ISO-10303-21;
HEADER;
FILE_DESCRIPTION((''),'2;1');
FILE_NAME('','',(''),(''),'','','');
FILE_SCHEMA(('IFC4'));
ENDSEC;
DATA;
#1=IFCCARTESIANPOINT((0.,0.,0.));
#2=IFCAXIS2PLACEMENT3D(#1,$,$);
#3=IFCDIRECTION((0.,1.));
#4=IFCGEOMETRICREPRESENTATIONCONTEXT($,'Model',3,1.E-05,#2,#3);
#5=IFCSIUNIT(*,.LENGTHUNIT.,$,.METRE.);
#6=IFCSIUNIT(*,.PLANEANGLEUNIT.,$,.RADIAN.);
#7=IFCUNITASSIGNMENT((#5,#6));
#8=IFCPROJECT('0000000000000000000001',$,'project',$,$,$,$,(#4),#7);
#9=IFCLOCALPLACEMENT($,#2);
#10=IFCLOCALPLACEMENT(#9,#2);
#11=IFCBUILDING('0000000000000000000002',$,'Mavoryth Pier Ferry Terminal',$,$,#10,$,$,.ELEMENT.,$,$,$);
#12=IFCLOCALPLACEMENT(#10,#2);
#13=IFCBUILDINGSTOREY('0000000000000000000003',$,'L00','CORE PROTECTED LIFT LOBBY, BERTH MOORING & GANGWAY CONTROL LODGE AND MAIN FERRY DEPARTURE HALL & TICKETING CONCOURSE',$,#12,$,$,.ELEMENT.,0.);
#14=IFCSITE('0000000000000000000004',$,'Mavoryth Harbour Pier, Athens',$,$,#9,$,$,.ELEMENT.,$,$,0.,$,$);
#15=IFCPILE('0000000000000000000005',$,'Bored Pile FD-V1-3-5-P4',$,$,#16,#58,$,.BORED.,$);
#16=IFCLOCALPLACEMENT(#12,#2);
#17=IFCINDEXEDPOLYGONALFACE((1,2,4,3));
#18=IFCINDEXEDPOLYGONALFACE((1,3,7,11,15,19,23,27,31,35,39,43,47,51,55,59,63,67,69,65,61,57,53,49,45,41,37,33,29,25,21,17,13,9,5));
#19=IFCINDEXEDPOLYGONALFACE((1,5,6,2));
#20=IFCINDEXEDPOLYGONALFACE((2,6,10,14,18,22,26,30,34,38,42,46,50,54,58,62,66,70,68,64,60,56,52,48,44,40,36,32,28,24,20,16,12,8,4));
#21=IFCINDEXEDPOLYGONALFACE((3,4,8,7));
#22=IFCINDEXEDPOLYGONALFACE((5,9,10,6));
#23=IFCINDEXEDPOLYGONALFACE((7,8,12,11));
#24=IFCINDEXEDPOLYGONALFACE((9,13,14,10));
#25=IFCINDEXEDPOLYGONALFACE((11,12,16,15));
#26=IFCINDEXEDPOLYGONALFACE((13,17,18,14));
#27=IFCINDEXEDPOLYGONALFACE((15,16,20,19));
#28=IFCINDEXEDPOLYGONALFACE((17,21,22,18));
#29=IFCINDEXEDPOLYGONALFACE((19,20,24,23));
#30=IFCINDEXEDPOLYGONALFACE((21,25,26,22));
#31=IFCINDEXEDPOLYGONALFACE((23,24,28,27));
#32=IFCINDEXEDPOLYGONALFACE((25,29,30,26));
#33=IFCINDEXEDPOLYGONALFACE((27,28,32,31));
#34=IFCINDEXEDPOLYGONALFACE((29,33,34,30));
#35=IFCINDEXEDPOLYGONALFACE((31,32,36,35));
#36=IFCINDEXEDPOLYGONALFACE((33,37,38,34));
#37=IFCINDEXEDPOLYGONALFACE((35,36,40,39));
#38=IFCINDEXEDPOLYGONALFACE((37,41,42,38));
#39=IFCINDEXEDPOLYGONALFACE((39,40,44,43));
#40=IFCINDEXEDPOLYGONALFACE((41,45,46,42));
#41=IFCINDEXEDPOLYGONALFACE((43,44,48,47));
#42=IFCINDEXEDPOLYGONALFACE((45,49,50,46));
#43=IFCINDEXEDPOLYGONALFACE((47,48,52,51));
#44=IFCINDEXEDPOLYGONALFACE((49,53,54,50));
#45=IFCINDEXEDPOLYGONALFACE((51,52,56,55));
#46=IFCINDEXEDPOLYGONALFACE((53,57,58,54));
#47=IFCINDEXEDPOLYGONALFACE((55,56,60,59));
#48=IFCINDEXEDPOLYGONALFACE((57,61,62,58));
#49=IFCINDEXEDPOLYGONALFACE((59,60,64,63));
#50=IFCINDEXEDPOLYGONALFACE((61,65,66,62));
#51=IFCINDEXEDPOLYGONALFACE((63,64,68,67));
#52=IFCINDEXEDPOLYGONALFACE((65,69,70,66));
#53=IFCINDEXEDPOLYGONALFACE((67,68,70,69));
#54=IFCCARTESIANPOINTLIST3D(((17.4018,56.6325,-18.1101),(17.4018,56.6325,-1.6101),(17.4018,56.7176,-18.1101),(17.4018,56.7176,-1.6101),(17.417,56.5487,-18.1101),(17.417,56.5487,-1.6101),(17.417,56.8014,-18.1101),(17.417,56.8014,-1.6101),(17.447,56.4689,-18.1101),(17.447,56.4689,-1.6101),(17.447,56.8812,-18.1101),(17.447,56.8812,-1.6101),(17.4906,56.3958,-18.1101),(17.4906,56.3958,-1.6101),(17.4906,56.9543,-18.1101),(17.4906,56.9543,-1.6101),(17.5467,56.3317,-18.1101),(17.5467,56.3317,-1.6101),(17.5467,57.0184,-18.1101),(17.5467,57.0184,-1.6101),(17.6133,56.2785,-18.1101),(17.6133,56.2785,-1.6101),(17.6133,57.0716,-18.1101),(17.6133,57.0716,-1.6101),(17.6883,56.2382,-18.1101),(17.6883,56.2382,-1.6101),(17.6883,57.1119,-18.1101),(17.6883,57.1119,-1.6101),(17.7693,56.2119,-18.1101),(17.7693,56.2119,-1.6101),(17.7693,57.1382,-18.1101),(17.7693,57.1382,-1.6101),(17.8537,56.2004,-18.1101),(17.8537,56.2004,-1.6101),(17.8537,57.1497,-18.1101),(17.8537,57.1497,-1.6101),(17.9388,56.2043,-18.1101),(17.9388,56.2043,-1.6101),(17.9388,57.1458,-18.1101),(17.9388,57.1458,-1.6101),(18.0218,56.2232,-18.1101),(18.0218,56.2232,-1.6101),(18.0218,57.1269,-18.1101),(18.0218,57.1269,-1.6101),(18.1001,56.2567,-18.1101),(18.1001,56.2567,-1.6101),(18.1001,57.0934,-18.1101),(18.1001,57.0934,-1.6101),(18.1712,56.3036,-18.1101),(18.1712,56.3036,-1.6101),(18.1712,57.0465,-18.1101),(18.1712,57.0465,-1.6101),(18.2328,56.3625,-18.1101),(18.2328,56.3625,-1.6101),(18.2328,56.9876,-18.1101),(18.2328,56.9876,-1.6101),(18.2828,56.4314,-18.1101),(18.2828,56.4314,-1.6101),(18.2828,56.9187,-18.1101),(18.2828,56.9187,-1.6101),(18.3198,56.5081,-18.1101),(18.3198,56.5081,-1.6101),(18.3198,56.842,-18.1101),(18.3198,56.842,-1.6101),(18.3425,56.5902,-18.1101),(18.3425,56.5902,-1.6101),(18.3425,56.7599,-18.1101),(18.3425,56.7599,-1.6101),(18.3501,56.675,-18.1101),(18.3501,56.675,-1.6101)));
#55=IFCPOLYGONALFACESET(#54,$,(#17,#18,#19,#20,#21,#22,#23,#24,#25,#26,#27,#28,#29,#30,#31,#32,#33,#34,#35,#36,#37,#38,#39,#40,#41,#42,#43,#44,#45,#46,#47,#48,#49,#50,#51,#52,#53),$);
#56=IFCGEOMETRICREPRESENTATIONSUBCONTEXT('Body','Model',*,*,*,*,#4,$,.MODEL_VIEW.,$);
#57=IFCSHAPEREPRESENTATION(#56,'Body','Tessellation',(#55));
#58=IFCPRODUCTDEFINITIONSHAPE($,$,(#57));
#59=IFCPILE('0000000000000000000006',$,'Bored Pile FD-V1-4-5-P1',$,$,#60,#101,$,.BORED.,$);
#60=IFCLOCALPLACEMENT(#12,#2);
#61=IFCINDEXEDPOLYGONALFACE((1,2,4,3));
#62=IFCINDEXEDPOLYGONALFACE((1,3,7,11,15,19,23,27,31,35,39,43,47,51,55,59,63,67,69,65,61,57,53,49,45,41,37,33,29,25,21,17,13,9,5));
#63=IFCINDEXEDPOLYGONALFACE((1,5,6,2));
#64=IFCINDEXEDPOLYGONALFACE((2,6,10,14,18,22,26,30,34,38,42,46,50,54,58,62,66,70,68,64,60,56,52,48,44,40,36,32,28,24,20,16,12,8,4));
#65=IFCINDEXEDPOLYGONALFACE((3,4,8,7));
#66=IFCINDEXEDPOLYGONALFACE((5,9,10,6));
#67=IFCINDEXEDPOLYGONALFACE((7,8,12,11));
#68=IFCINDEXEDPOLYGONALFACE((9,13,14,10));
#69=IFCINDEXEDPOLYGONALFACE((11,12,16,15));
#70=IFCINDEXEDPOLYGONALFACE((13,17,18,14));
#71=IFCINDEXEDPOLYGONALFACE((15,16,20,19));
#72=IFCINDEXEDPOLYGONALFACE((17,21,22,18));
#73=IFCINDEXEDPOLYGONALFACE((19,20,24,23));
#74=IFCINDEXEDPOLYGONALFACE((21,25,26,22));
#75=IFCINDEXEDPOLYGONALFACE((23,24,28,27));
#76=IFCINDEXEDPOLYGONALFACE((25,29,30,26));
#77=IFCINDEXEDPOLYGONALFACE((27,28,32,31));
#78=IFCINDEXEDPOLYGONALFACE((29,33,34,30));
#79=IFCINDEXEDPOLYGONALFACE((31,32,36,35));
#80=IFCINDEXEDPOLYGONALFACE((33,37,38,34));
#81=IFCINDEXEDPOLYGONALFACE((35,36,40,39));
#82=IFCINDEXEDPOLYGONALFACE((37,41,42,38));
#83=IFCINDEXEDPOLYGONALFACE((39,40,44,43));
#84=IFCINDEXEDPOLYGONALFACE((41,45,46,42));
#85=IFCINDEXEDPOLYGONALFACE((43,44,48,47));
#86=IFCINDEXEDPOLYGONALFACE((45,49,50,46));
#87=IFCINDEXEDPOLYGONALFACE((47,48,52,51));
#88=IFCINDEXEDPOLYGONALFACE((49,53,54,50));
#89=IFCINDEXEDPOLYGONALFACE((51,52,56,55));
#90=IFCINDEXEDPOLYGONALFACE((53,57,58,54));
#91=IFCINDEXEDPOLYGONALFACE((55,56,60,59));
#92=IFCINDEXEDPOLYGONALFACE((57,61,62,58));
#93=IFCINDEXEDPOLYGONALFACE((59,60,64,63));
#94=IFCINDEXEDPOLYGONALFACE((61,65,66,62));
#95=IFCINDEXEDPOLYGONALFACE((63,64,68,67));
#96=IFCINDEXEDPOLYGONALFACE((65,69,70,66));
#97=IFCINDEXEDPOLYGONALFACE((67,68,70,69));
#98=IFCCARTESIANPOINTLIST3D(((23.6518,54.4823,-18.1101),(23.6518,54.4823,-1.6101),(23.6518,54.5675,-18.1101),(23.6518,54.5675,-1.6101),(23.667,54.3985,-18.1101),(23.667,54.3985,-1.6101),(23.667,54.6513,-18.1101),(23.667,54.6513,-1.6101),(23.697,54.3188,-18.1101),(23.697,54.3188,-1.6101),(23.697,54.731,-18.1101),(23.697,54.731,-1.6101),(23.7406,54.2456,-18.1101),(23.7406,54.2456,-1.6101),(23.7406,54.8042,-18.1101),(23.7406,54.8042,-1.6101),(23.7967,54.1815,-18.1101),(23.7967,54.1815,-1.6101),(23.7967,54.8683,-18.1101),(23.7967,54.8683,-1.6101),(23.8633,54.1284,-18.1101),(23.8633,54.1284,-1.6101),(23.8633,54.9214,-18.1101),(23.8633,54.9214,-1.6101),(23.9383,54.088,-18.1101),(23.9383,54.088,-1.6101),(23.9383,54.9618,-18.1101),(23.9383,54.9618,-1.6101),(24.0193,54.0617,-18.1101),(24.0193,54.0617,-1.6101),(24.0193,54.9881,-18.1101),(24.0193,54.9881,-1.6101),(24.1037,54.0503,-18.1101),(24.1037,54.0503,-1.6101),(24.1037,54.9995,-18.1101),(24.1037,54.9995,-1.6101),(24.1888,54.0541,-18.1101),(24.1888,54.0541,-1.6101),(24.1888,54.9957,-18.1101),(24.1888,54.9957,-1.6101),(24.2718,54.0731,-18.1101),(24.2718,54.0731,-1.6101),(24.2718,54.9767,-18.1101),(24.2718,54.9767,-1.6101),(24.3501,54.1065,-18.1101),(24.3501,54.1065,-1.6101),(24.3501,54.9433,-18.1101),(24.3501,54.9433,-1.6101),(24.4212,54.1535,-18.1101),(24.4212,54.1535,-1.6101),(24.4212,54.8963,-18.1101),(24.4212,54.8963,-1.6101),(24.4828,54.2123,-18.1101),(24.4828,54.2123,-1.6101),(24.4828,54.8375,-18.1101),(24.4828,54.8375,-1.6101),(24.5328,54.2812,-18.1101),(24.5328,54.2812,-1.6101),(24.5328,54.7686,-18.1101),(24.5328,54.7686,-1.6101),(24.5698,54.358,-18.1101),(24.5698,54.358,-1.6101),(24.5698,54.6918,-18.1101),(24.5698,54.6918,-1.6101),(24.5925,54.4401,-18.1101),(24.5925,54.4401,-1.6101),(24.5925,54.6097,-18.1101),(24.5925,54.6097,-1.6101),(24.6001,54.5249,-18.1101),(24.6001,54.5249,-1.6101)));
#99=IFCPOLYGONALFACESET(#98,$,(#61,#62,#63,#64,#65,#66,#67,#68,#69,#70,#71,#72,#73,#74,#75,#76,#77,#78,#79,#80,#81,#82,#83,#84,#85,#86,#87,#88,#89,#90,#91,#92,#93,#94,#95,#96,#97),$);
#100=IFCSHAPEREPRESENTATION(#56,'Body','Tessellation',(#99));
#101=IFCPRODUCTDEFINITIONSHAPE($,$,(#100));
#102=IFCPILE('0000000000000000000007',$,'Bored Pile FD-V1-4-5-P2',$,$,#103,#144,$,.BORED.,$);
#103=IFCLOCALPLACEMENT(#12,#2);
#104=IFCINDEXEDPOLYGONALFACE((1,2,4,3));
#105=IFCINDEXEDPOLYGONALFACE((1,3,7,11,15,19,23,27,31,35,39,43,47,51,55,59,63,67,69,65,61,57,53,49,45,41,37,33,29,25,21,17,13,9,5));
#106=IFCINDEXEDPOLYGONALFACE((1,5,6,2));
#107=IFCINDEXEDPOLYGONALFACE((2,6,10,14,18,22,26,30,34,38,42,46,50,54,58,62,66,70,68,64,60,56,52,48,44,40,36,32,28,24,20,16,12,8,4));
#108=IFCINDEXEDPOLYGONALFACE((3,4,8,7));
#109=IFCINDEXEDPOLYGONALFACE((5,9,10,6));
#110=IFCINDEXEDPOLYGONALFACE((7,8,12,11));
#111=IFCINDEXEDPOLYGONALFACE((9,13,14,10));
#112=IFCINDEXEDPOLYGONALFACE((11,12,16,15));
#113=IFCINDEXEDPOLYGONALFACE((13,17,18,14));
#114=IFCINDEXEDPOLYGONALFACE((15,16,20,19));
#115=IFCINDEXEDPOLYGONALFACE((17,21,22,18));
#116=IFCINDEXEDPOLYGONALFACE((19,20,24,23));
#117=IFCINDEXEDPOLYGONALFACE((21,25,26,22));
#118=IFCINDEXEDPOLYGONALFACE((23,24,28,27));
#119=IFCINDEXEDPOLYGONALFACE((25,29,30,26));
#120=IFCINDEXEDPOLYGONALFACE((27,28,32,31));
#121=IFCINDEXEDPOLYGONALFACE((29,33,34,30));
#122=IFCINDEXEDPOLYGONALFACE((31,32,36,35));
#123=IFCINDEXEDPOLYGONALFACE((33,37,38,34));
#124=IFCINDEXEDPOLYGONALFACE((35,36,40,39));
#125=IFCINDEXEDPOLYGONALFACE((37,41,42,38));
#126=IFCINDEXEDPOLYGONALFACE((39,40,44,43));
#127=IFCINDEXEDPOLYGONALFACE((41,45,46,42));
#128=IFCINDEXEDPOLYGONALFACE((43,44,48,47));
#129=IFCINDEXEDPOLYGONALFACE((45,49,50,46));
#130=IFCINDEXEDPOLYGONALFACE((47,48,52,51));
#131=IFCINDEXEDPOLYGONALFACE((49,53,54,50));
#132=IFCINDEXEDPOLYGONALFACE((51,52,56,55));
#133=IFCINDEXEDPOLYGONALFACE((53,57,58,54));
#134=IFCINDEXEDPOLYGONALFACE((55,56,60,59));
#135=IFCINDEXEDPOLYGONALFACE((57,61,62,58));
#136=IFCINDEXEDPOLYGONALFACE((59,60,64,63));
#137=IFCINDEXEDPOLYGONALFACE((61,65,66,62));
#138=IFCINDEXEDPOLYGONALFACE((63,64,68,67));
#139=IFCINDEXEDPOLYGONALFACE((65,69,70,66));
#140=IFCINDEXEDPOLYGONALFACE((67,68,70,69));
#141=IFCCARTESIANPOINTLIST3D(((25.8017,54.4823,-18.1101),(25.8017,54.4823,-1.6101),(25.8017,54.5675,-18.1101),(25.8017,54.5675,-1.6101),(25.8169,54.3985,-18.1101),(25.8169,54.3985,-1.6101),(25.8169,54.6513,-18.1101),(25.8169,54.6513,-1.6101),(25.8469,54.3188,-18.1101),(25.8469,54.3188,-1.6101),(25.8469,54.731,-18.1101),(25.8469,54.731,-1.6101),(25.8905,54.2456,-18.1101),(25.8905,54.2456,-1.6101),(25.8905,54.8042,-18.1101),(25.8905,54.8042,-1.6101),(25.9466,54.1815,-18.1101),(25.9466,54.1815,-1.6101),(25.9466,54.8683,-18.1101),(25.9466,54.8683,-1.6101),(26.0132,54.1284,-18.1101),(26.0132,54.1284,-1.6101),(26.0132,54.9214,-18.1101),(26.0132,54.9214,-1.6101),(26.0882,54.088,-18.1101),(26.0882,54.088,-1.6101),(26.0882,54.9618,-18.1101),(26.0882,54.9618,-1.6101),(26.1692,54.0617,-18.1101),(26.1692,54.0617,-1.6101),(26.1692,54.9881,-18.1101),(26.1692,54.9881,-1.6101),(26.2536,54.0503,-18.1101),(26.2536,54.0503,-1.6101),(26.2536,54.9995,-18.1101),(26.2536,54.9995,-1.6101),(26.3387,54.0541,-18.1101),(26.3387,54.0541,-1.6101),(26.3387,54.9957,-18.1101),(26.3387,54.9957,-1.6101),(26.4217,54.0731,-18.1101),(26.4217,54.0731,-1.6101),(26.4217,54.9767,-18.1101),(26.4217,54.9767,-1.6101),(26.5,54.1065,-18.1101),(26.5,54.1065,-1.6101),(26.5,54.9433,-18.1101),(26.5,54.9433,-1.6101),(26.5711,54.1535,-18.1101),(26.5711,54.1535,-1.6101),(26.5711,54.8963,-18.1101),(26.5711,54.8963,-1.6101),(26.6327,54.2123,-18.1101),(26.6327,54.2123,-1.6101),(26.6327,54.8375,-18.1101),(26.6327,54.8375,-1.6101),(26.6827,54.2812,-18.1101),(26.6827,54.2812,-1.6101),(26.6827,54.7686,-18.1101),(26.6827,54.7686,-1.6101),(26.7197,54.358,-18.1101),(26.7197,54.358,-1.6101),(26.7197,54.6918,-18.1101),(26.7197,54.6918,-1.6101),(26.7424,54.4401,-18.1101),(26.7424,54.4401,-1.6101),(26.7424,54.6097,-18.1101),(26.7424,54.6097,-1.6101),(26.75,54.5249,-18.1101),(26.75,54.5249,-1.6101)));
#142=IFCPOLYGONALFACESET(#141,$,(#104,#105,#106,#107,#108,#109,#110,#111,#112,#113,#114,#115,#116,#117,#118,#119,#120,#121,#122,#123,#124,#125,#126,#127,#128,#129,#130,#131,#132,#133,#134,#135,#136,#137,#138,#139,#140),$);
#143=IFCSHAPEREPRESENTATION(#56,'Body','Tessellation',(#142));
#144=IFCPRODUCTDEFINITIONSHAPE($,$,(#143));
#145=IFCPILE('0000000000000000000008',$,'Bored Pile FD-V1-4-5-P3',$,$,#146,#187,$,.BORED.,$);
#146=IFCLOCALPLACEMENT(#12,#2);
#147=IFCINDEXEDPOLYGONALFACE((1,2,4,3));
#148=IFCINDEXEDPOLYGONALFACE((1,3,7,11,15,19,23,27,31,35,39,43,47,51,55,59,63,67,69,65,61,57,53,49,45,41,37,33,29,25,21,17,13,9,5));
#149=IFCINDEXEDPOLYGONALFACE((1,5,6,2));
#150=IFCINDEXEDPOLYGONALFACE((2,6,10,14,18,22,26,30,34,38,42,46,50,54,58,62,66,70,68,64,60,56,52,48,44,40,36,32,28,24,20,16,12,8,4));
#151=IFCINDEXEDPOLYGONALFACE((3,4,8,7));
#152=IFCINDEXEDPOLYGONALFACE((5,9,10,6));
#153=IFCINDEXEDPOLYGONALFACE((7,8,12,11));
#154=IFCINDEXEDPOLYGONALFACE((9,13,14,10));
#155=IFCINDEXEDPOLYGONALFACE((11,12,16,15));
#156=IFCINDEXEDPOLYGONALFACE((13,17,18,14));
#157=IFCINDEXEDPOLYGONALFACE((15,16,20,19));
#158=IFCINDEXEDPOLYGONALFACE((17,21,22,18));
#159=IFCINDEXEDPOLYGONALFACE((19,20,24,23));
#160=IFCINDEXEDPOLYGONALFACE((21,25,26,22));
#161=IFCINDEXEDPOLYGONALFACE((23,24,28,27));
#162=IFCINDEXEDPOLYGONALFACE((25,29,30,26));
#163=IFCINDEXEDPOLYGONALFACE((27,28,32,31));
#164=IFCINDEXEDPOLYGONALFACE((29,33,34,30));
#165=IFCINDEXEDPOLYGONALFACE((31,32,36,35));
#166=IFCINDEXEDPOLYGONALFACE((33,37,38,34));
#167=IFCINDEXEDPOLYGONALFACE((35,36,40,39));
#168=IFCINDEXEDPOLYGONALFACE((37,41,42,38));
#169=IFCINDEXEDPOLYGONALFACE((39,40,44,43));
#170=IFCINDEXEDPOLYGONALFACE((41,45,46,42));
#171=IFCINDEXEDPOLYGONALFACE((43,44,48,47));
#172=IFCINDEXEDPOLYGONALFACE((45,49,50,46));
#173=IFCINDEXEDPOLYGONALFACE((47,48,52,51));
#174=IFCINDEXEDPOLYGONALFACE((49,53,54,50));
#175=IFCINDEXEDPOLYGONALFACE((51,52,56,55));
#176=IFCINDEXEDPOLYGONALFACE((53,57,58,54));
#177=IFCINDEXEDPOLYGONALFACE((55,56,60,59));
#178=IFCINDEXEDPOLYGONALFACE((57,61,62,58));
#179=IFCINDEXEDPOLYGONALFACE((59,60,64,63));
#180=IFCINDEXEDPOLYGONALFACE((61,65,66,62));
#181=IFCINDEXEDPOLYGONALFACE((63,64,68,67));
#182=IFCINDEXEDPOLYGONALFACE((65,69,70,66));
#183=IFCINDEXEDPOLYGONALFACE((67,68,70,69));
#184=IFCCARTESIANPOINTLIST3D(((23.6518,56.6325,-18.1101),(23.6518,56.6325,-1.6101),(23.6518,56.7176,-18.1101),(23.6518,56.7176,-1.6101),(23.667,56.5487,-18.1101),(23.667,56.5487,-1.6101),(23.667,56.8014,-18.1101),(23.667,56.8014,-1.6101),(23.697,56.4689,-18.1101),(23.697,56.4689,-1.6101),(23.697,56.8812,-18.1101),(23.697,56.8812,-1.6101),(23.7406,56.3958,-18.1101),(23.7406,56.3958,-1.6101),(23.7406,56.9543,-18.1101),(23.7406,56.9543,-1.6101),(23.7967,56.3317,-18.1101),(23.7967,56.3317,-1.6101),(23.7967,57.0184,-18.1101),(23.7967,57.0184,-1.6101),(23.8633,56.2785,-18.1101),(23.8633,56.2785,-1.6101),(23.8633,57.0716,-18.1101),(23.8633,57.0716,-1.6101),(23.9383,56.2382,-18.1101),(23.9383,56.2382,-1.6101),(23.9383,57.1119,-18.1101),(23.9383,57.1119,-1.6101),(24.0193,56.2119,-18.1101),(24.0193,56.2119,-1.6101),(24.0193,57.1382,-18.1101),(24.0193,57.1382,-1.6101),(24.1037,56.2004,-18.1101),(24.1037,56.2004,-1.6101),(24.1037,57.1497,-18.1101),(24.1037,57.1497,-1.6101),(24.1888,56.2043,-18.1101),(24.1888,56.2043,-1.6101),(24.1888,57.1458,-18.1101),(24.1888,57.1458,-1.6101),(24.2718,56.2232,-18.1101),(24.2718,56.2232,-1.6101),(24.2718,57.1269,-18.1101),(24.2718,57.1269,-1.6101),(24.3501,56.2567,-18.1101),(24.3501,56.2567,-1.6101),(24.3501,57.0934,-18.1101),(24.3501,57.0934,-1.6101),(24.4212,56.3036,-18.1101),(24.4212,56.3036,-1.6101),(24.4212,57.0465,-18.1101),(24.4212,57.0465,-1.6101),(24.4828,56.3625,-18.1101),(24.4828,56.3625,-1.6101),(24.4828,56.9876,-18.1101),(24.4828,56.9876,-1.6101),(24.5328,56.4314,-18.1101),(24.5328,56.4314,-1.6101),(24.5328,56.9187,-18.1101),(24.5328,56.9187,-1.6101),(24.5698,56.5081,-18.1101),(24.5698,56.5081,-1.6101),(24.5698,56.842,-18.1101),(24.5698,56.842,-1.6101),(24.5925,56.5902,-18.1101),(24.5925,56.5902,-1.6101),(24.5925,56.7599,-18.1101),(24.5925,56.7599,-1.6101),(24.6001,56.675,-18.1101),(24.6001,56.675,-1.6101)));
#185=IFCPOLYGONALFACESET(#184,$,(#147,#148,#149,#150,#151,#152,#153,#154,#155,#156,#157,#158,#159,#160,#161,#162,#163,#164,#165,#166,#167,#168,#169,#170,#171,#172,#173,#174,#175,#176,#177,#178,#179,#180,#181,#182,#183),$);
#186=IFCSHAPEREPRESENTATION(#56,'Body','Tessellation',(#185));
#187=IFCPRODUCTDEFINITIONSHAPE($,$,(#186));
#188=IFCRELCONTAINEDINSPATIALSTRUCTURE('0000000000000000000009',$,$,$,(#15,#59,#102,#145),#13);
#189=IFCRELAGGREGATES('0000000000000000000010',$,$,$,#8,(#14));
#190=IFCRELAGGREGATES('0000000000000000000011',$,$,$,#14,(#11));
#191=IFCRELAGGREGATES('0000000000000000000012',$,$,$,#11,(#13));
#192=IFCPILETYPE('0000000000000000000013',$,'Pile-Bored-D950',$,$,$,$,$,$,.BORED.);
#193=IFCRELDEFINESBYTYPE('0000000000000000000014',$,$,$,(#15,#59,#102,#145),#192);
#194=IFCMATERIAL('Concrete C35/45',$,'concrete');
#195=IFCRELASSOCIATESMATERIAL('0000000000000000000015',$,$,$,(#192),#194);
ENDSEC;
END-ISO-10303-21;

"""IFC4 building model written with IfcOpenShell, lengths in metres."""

from ifc_helpers import new_model, si_unit, direction, frame, origin, origin_2d, place, context, subcontext, project, spatial, circle, extrude, material, material_profile, profile_set, type_object, element, save


model = new_model("IFC4")

# Units and contexts
model_context = context("Model", 3, precision=1e-05, world=origin(), true_north=direction((0.0, 1.0)))
body_context = subcontext(model_context, "Body", "Model", "MODEL_VIEW")
ifc_project = project(units=[si_unit("LENGTHUNIT", "METRE"), si_unit("PLANEANGLEUNIT", "RADIAN")], contexts=[model_context])

# Site, building, storey
site_placement = place(None, origin())
site = spatial("IfcSite", under=ifc_project, at=site_placement, Name="Mavoryth Harbour Pier, Athens", CompositionType="ELEMENT", RefElevation=0.0)
building_placement = place(site_placement, origin())
building = spatial("IfcBuilding", under=site, at=building_placement, Name="Mavoryth Pier Ferry Terminal", CompositionType="ELEMENT")
storey_placement = place(building_placement, origin())
storey = spatial("IfcBuildingStorey", under=building, at=storey_placement, Name="L00", Description="CORE PROTECTED LIFT LOBBY, BERTH MOORING & GANGWAY CONTROL LODGE AND MAIN FERRY DEPARTURE HALL & TICKETING CONCOURSE", CompositionType="ELEMENT", Elevation=0.0)

# Shared definitions
ifc_material_1 = material(Name="Concrete C35/45", Category="concrete")

# Piles
ifc_material_profile_1 = material_profile(ifc_material_1, circle(Radius=0.4751, at=origin_2d()), Name="PILE D950", Category="concrete")
ifc_profile_set_1 = profile_set([ifc_material_profile_1], Name="Concrete C35/45 - PILE D950")
pile_type_1 = type_object("IfcPileType", Name="Pile-Bored-D950", PredefinedType="BORED", material=ifc_profile_set_1)
for number, where, z_axis, x_axis, name in (
    (1, (17.875, 56.675, -1.6101), (0.0, 0.0, -1.0), (1.0, 0.0, 0.0), "Bored Pile FD-V1-3-5-P4"),
    (2, (24.125, 54.5249, -1.6101), (0.0, 0.0, -1.0), (1.0, 0.0, 0.0), "Bored Pile FD-V1-4-5-P1"),
    (3, (26.2749, 54.5249, -1.6101), (0.0, 0.0, -1.0), (1.0, 0.0, 0.0), "Bored Pile FD-V1-4-5-P2"),
    (4, (24.125, 56.675, -1.6101), (0.0, 0.0, -1.0), (1.0, 0.0, 0.0), "Bored Pile FD-V1-4-5-P3"),
):
    element("IfcPile", number, at=place(storey_placement, frame(where, z_axis=z_axis, x_axis=x_axis)), inside=storey, type_object=pile_type_1, Name=name, PredefinedType="BORED", context=body_context, shape_type="SweptSolid", body=[
        extrude(circle(Radius=0.4751, at=origin_2d()), origin(), (0.0, 0.0, 1.0), 16.5),
    ])

save(model, "model.ifc")
